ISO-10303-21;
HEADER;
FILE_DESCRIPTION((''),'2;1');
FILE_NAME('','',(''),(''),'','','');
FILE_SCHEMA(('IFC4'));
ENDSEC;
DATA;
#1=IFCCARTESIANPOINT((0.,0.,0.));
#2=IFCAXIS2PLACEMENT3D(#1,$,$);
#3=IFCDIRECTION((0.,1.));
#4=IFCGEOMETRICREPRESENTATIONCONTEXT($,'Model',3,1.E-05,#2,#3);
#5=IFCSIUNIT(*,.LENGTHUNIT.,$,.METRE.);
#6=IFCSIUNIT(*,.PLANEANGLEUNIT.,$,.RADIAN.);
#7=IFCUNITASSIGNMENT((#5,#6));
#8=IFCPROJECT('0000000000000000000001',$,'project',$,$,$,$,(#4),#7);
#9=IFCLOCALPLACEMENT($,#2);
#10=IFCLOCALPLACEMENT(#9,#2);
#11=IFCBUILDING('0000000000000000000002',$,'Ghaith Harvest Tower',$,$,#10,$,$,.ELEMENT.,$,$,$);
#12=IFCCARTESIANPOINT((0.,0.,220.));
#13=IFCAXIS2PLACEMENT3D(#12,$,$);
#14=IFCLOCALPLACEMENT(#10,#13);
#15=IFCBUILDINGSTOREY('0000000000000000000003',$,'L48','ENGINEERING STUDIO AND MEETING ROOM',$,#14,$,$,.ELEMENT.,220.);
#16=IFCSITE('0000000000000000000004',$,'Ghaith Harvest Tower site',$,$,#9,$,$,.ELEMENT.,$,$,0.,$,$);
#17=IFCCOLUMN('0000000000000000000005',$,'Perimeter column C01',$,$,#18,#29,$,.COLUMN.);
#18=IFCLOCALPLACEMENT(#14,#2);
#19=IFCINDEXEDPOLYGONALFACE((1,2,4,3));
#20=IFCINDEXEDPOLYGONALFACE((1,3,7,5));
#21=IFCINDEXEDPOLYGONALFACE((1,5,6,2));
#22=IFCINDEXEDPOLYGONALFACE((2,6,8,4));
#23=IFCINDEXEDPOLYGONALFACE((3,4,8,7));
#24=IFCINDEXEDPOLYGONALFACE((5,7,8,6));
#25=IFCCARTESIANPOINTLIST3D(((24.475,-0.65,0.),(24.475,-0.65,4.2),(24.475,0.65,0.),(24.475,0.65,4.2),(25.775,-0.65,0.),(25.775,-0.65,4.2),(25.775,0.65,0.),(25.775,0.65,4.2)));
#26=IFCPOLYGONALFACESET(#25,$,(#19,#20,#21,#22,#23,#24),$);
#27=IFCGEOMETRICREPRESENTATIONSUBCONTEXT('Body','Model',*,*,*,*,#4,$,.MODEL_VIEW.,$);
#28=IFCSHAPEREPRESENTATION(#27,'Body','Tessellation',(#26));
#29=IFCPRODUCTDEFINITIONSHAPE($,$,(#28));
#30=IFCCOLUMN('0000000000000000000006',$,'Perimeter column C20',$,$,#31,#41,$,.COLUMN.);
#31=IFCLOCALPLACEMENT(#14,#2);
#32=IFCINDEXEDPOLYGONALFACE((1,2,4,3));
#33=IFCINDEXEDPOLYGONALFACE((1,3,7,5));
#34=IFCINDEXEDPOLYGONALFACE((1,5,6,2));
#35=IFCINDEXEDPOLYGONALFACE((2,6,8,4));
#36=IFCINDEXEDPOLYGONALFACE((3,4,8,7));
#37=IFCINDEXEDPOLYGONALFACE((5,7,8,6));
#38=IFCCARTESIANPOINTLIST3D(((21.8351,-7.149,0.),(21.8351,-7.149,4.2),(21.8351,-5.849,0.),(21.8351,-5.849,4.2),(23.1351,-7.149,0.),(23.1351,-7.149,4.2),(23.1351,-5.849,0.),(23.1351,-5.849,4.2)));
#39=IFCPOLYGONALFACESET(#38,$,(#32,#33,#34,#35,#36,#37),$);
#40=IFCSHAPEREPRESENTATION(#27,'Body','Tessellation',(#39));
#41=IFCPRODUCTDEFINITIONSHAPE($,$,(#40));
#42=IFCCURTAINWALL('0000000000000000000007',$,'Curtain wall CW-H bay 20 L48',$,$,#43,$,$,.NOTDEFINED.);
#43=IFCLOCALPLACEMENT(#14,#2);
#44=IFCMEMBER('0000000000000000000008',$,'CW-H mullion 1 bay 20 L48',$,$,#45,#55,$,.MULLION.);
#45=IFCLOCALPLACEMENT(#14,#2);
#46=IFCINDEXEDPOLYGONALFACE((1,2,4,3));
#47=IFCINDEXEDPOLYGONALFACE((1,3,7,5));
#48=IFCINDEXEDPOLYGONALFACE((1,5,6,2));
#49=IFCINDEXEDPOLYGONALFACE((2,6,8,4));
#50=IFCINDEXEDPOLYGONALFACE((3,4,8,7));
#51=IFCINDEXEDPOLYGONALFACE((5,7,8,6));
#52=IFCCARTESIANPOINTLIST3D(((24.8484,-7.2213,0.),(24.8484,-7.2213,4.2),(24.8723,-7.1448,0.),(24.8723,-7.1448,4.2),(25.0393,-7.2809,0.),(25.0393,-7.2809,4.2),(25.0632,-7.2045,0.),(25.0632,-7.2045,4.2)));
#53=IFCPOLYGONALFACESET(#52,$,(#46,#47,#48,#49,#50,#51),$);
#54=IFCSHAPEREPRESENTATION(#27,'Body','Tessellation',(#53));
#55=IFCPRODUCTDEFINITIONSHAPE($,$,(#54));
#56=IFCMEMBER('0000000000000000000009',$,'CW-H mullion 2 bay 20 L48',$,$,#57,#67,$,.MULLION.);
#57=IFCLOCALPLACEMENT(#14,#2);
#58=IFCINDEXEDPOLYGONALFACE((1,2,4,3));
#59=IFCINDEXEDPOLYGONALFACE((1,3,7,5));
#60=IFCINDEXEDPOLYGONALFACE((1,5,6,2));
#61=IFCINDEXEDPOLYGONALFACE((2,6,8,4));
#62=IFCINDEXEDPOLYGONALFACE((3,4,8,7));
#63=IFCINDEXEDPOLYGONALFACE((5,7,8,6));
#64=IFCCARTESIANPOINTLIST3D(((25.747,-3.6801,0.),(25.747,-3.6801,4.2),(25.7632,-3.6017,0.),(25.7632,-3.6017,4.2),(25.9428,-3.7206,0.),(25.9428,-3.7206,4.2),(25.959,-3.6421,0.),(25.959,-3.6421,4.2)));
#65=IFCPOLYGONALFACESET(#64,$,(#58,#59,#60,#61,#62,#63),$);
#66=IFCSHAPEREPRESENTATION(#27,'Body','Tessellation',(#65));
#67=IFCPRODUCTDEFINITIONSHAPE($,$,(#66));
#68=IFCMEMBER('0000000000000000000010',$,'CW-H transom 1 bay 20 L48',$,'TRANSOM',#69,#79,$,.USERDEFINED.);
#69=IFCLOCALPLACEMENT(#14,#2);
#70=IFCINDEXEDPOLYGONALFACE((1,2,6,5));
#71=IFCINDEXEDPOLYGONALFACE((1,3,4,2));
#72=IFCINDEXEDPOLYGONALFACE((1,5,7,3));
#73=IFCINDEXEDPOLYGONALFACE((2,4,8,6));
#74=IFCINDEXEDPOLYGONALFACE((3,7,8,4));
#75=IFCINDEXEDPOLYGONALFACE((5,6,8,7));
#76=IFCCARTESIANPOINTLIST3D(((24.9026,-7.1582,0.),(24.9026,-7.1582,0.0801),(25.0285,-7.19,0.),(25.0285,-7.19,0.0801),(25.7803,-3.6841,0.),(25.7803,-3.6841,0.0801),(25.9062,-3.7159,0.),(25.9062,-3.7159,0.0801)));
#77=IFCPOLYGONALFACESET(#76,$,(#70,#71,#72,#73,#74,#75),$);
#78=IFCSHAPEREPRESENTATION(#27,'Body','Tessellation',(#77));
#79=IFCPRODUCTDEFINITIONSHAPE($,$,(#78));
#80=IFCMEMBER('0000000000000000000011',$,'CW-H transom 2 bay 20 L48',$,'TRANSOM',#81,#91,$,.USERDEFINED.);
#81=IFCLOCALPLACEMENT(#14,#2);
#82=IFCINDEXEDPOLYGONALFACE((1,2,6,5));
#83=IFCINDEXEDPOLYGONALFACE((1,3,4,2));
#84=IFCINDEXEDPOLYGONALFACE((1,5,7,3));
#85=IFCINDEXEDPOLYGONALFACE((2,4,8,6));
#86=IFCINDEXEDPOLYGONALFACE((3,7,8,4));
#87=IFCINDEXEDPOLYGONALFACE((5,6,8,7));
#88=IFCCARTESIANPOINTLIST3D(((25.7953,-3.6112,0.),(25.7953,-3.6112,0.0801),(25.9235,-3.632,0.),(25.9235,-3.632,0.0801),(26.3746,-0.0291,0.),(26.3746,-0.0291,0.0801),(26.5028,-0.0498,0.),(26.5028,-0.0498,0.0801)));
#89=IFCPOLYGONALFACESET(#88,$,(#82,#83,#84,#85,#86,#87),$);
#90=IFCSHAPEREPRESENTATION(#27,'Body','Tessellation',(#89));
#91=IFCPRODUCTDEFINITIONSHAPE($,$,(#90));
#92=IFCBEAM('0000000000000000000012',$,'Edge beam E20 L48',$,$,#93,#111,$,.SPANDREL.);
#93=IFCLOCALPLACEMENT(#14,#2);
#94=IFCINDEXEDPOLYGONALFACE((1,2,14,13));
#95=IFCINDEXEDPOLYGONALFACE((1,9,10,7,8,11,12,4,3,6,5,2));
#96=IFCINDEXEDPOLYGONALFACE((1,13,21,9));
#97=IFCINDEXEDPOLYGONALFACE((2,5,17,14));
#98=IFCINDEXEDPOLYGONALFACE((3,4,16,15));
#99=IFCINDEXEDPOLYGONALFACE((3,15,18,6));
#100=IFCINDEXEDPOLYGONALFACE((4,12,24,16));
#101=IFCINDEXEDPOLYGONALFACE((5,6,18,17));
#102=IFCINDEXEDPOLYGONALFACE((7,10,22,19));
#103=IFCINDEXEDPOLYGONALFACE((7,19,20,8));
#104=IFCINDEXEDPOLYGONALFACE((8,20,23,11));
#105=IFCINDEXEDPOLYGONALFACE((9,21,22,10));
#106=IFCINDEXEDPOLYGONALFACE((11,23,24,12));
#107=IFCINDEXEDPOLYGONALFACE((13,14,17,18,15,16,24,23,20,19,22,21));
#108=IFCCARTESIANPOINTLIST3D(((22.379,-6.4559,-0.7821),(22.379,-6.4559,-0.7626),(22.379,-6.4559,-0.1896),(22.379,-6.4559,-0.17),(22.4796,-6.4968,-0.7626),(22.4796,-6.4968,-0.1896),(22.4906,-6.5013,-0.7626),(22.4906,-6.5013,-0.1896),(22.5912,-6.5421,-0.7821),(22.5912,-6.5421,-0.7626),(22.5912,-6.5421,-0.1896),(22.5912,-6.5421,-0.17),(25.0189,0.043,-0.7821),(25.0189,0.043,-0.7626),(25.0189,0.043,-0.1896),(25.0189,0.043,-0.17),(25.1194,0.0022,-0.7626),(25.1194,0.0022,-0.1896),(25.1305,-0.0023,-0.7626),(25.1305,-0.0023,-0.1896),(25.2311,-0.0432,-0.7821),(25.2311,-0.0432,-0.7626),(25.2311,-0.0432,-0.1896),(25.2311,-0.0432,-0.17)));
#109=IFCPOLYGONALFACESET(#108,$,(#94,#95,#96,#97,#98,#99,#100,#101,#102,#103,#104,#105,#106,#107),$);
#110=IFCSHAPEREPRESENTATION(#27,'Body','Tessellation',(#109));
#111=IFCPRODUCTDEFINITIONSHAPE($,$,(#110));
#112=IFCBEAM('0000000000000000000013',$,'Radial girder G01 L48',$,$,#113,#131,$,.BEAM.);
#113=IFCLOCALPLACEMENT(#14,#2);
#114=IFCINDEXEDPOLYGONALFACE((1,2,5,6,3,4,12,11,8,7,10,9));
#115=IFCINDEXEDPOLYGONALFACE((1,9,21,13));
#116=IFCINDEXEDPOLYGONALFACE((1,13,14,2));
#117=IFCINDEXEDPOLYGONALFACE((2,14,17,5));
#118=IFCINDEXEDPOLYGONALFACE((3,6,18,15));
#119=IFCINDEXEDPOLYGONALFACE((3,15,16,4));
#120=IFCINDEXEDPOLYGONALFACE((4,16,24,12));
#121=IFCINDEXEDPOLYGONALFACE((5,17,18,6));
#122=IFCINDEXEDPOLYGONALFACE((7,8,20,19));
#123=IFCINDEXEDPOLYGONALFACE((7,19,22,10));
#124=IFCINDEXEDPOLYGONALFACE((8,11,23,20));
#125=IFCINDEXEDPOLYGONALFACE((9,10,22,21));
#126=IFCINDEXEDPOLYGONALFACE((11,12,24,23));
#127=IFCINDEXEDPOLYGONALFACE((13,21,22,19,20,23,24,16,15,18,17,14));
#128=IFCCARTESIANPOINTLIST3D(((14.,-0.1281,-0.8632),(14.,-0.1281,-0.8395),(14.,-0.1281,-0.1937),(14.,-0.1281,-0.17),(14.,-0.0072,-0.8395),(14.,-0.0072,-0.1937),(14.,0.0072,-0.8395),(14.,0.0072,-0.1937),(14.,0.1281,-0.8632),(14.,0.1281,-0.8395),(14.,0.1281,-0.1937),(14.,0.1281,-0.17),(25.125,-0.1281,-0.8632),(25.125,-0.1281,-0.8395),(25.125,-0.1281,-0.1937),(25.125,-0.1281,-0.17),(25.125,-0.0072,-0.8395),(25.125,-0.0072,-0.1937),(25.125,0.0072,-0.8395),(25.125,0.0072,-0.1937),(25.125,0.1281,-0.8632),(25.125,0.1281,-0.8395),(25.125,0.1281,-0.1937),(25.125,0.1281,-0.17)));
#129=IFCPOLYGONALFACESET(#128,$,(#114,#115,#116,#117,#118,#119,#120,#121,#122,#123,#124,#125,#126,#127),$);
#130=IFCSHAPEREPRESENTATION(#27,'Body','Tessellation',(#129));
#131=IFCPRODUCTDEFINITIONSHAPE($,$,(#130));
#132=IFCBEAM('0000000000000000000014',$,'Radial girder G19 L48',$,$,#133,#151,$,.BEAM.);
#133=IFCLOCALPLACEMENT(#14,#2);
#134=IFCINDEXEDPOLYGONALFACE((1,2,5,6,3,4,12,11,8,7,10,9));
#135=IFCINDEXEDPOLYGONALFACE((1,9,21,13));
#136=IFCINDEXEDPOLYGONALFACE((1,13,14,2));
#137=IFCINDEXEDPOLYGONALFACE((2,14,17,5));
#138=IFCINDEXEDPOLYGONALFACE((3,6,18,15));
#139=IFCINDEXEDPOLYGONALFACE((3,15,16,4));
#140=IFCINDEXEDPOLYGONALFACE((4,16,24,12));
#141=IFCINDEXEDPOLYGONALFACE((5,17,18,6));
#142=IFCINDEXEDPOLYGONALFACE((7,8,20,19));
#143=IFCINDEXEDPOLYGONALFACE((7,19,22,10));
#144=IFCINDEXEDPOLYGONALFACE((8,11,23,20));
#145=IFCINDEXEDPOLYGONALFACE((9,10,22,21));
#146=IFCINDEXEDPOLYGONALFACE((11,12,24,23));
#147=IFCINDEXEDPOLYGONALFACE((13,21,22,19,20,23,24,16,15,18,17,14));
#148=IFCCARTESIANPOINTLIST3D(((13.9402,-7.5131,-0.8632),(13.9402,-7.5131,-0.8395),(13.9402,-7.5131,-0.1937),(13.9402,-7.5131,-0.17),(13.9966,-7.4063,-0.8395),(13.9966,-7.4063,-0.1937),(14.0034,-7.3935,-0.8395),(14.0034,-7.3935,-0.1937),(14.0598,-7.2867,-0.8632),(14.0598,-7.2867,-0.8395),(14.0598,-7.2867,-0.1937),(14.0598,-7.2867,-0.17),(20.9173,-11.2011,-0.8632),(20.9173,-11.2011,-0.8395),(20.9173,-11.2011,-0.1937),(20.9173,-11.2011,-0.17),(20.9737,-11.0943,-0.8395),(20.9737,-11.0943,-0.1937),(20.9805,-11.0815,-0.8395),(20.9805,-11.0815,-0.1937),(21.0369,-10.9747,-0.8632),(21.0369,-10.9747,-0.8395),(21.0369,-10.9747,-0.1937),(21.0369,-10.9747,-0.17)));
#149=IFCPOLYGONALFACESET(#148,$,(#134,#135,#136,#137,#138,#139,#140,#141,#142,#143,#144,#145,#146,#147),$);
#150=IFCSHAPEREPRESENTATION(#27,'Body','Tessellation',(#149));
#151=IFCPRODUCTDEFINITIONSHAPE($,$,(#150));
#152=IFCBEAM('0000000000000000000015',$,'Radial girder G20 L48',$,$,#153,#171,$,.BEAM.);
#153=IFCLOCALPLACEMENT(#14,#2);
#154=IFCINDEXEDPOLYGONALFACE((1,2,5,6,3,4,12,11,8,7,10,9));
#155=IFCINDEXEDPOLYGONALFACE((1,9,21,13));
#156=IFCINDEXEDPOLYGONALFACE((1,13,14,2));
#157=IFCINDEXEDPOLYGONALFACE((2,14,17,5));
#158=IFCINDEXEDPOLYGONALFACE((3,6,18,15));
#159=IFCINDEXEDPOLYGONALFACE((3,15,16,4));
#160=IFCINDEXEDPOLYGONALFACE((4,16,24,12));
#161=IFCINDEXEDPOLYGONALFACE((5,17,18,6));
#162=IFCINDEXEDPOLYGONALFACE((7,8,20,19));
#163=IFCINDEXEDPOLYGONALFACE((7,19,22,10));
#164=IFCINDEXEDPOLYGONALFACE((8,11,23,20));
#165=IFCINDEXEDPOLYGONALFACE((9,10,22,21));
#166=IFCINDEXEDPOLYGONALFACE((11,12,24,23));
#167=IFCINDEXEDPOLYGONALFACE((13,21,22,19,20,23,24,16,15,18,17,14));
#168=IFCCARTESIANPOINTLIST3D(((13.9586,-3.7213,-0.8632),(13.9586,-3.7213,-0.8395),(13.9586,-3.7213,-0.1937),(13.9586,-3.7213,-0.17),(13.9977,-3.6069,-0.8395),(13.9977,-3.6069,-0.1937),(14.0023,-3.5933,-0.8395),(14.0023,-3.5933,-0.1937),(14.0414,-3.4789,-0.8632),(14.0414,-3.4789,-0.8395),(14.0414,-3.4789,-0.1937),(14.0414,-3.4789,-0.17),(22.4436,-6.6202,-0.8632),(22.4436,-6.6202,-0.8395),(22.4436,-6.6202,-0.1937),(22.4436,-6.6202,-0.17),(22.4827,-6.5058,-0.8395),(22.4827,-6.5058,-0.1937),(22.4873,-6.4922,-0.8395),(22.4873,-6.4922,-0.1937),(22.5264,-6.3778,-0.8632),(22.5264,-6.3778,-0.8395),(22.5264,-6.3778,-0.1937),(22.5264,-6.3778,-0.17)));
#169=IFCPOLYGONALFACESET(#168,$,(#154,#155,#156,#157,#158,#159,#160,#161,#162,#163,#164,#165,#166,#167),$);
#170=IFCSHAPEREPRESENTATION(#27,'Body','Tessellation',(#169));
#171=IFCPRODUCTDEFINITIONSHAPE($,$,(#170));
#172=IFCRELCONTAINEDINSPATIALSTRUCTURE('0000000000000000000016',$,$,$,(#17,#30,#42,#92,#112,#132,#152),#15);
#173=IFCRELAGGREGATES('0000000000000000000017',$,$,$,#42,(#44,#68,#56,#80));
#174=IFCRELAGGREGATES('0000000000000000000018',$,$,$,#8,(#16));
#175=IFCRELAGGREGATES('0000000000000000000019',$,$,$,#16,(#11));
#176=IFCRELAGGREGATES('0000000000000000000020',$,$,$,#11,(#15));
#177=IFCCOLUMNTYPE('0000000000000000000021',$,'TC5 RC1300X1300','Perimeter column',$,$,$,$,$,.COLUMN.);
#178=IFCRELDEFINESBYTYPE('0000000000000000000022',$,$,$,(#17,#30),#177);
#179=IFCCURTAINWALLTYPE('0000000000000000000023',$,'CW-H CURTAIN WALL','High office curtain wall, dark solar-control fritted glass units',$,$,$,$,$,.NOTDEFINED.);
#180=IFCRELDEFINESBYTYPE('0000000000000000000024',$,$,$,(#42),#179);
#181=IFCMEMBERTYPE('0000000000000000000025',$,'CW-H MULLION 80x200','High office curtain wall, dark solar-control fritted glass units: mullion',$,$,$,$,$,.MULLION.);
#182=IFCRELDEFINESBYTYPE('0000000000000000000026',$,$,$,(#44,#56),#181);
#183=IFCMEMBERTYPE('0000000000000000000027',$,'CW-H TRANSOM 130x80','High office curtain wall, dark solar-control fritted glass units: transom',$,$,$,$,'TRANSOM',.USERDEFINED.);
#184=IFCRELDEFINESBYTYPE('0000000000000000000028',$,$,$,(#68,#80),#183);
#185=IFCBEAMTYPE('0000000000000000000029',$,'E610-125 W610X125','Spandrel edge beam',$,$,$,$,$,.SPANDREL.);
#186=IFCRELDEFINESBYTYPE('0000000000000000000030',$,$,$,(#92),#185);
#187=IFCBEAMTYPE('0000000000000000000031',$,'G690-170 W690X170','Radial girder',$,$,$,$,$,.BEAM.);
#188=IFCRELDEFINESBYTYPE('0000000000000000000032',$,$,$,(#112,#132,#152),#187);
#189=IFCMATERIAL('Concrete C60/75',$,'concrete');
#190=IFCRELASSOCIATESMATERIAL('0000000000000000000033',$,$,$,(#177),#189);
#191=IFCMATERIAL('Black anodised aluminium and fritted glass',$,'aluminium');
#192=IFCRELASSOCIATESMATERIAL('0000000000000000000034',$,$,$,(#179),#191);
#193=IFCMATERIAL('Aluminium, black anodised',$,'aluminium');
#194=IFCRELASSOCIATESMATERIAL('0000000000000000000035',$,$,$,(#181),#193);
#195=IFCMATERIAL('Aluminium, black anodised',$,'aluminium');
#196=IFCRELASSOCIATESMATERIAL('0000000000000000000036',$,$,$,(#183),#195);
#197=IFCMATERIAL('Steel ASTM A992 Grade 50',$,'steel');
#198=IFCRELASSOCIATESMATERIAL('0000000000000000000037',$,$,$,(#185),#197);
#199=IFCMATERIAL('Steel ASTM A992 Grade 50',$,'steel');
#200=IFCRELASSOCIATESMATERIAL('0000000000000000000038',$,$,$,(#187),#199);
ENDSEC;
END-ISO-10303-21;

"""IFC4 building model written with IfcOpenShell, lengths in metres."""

from ifc_helpers import new_model, si_unit, direction, frame, origin, origin_2d, place, context, subcontext, project, spatial, rectangle, i_section, extrude, material, material_profile, profile_set, type_object, element, aggregate, save


model = new_model("IFC4")

# Units and contexts
model_context = context("Model", 3, precision=1e-05, world=origin(), true_north=direction((0.0, 1.0)))
body_context = subcontext(model_context, "Body", "Model", "MODEL_VIEW")
ifc_project = project(units=[si_unit("LENGTHUNIT", "METRE"), si_unit("PLANEANGLEUNIT", "RADIAN")], contexts=[model_context])

# Site, building, storey
site_placement = place(None, origin())
site = spatial("IfcSite", under=ifc_project, at=site_placement, Name="Ghaith Harvest Tower site", CompositionType="ELEMENT", RefElevation=0.0)
building_placement = place(site_placement, origin())
building = spatial("IfcBuilding", under=site, at=building_placement, Name="Ghaith Harvest Tower", CompositionType="ELEMENT")
storey_placement = place(building_placement, frame((0.0, 0.0, 220.0)))
storey = spatial("IfcBuildingStorey", under=building, at=storey_placement, Name="L48", Description="ENGINEERING STUDIO AND MEETING ROOM", CompositionType="ELEMENT", Elevation=220.0)

# Columns
ifc_material_1 = material(Name="Concrete C60/75", Category="concrete")
ifc_material_profile_1 = material_profile(ifc_material_1, rectangle(XDim=1.3, YDim=1.3, at=origin_2d()), Name="RC1300X1300")
ifc_profile_set_1 = profile_set([ifc_material_profile_1], Name="Concrete C60/75")
column_type = type_object("IfcColumnType", Name="TC5 RC1300X1300", Description="Perimeter column", PredefinedType="COLUMN", material=ifc_profile_set_1)
for number, where, z_axis, x_axis, name in (
    (1, (25.125, 0.0, 0.0), (0.0, 0.0, 1.0), (1.0, 0.0, 0.0), "Perimeter column C01"),
    (2, (22.4851, -6.499, 0.0), (0.0, 0.0, 1.0), (1.0, 0.0, 0.0), "Perimeter column C20"),
):
    element("IfcColumn", number, at=place(storey_placement, frame(where, z_axis=z_axis, x_axis=x_axis)), inside=storey, type_object=column_type, Name=name, PredefinedType="COLUMN", context=body_context, shape_type="SweptSolid", body=[
        extrude(rectangle(XDim=1.3, YDim=1.3, at=origin_2d()), origin(), (0.0, 0.0, 1.0), 4.2),
    ])

# Curtain wall, members
ifc_material_2 = material(Name="Black anodised aluminium and fritted glass", Category="aluminium")
curtain_wall_type = type_object("IfcCurtainWallType", Name="CW-H CURTAIN WALL", Description="High office curtain wall, dark solar-control fritted glass units", PredefinedType="NOTDEFINED", material=ifc_material_2)
curtain_wall_1_placement = place(storey_placement, origin())
curtain_wall_1 = element("IfcCurtainWall", 3, at=curtain_wall_1_placement, inside=storey, type_object=curtain_wall_type, Name="Curtain wall CW-H bay 20 L48", PredefinedType="NOTDEFINED")
ifc_material_3 = material(Name="Aluminium, black anodised", Category="aluminium")
ifc_material_profile_2 = material_profile(ifc_material_3, rectangle(XDim=0.0801, YDim=0.2, at=origin_2d()), Name="CW-H MULLION 80x200")
ifc_profile_set_2 = profile_set([ifc_material_profile_2], Name="Aluminium, black anodised")
member_type_1 = type_object("IfcMemberType", Name="CW-H MULLION 80x200", Description="High office curtain wall, dark solar-control fritted glass units: mullion", PredefinedType="MULLION", material=ifc_profile_set_2)
member_1_placement = place(storey_placement, frame((24.9558, -7.2129, 0.0), z_axis=(0.0, 0.0, 1.0), x_axis=(0.298442, 0.954428, 0.0)))
member_1 = element("IfcMember", 4, at=member_1_placement, type_object=member_type_1, Name="CW-H mullion 1 bay 20 L48", PredefinedType="MULLION", context=body_context, shape_type="SweptSolid", body=[
    extrude(rectangle(XDim=0.0801, YDim=0.2, at=origin_2d()), origin(), (0.0, 0.0, 1.0), 4.2),
])
member_2_placement = place(storey_placement, frame((25.853, -3.6611, 0.0), z_axis=(0.0, 0.0, 1.0), x_axis=(0.202192, 0.979346, 0.0)))
member_2 = element("IfcMember", 5, at=member_2_placement, type_object=member_type_1, Name="CW-H mullion 2 bay 20 L48", PredefinedType="MULLION", context=body_context, shape_type="SweptSolid", body=[
    extrude(rectangle(XDim=0.0801, YDim=0.2, at=origin_2d()), origin(), (0.0, 0.0, 1.0), 4.2),
])
ifc_material_4 = material(Name="Aluminium, black anodised", Category="aluminium")
ifc_material_profile_3 = material_profile(ifc_material_4, rectangle(XDim=0.1299, YDim=0.0801, at=origin_2d()), Name="CW-H TRANSOM 130x80")
ifc_profile_set_3 = profile_set([ifc_material_profile_3], Name="Aluminium, black anodised")
member_type_2 = type_object("IfcMemberType", Name="CW-H TRANSOM 130x80", Description="High office curtain wall, dark solar-control fritted glass units: transom", ElementType="TRANSOM", PredefinedType="USERDEFINED", material=ifc_profile_set_3)
member_3_placement = place(storey_placement, frame((24.9656, -7.1741, 0.04), z_axis=(0.24494, 0.969538, 0.0), x_axis=(-0.969538, 0.24494, 0.0)))
member_3 = element("IfcMember", 6, at=member_3_placement, type_object=member_type_2, Name="CW-H transom 1 bay 20 L48", ObjectType="TRANSOM", PredefinedType="USERDEFINED", context=body_context, shape_type="SweptSolid", body=[
    extrude(rectangle(XDim=0.1299, YDim=0.0801, at=origin_2d()), origin(), (0.0, 0.0, 1.0), 3.5833),
])
member_4_placement = place(storey_placement, frame((25.8594, -3.6216, 0.04), z_axis=(0.159662, 0.987172, 0.0), x_axis=(-0.987172, 0.159662, 0.0)))
member_4 = element("IfcMember", 7, at=member_4_placement, type_object=member_type_2, Name="CW-H transom 2 bay 20 L48", ObjectType="TRANSOM", PredefinedType="USERDEFINED", context=body_context, shape_type="SweptSolid", body=[
    extrude(rectangle(XDim=0.1299, YDim=0.0801, at=origin_2d()), origin(), (0.0, 0.0, 1.0), 3.6287),
])

# Beams
ifc_material_5 = material(Name="Steel ASTM A992 Grade 50", Category="steel")
ifc_material_profile_4 = material_profile(ifc_material_5, i_section(OverallWidth=0.229, OverallDepth=0.6121, WebThickness=0.012, FlangeThickness=0.0195, at=origin_2d()), Name="W610X125")
ifc_profile_set_4 = profile_set([ifc_material_profile_4], Name="Steel ASTM A992 Grade 50")
beam_type_1 = type_object("IfcBeamType", Name="E610-125 W610X125", Description="Spandrel edge beam", PredefinedType="SPANDREL", material=ifc_profile_set_4)
beam_1_placement = place(storey_placement, frame((22.4851, -6.499, -0.4761), z_axis=(0.376336, 0.926483, 0.0), x_axis=(-0.926483, 0.376336, 0.0)))
element("IfcBeam", 8, at=beam_1_placement, inside=storey, type_object=beam_type_1, Name="Edge beam E20 L48", PredefinedType="SPANDREL", context=body_context, shape_type="SweptSolid", body=[
    extrude(i_section(OverallWidth=0.229, OverallDepth=0.6121, WebThickness=0.012, FlangeThickness=0.0195, at=origin_2d()), origin(), (0.0, 0.0, 1.0), 7.0146),
])
ifc_material_6 = material(Name="Steel ASTM A992 Grade 50", Category="steel")
ifc_material_profile_5 = material_profile(ifc_material_6, i_section(OverallWidth=0.2561, OverallDepth=0.6931, WebThickness=0.0144, FlangeThickness=0.0237, at=origin_2d()), Name="W690X170")
ifc_profile_set_5 = profile_set([ifc_material_profile_5], Name="Steel ASTM A992 Grade 50")
beam_type_2 = type_object("IfcBeamType", Name="G690-170 W690X170", Description="Radial girder", PredefinedType="BEAM", material=ifc_profile_set_5)
beam_2_placement = place(storey_placement, frame((14.0, 0.0, -0.5166), z_axis=(1.0, 0.0, 0.0), x_axis=(0.0, 1.0, 0.0)))
element("IfcBeam", 9, at=beam_2_placement, inside=storey, type_object=beam_type_2, Name="Radial girder G01 L48", PredefinedType="BEAM", context=body_context, shape_type="SweptSolid", body=[
    extrude(i_section(OverallWidth=0.2561, OverallDepth=0.6931, WebThickness=0.0144, FlangeThickness=0.0237, at=origin_2d()), origin(), (0.0, 0.0, 1.0), 11.125),
])
beam_3_placement = place(storey_placement, frame((14.0, -7.3999, -0.5166), z_axis=(0.884089, -0.467319, 0.0), x_axis=(0.467319, 0.884089, 0.0)))
element("IfcBeam", 10, at=beam_3_placement, inside=storey, type_object=beam_type_2, Name="Radial girder G19 L48", PredefinedType="BEAM", context=body_context, shape_type="SweptSolid", body=[
    extrude(i_section(OverallWidth=0.2561, OverallDepth=0.6931, WebThickness=0.0144, FlangeThickness=0.0237, at=origin_2d()), origin(), (0.0, 0.0, 1.0), 7.8918),
])
beam_4_placement = place(storey_placement, frame((14.0, -3.6001, -0.5166), z_axis=(0.946296, -0.323301, 0.0), x_axis=(0.323301, 0.946296, 0.0)))
element("IfcBeam", 11, at=beam_4_placement, inside=storey, type_object=beam_type_2, Name="Radial girder G20 L48", PredefinedType="BEAM", context=body_context, shape_type="SweptSolid", body=[
    extrude(i_section(OverallWidth=0.2561, OverallDepth=0.6931, WebThickness=0.0144, FlangeThickness=0.0237, at=origin_2d()), origin(), (0.0, 0.0, 1.0), 8.9666),
])

aggregate(curtain_wall_1, [member_1, member_3, member_2, member_4])

save(model, "model.ifc")
